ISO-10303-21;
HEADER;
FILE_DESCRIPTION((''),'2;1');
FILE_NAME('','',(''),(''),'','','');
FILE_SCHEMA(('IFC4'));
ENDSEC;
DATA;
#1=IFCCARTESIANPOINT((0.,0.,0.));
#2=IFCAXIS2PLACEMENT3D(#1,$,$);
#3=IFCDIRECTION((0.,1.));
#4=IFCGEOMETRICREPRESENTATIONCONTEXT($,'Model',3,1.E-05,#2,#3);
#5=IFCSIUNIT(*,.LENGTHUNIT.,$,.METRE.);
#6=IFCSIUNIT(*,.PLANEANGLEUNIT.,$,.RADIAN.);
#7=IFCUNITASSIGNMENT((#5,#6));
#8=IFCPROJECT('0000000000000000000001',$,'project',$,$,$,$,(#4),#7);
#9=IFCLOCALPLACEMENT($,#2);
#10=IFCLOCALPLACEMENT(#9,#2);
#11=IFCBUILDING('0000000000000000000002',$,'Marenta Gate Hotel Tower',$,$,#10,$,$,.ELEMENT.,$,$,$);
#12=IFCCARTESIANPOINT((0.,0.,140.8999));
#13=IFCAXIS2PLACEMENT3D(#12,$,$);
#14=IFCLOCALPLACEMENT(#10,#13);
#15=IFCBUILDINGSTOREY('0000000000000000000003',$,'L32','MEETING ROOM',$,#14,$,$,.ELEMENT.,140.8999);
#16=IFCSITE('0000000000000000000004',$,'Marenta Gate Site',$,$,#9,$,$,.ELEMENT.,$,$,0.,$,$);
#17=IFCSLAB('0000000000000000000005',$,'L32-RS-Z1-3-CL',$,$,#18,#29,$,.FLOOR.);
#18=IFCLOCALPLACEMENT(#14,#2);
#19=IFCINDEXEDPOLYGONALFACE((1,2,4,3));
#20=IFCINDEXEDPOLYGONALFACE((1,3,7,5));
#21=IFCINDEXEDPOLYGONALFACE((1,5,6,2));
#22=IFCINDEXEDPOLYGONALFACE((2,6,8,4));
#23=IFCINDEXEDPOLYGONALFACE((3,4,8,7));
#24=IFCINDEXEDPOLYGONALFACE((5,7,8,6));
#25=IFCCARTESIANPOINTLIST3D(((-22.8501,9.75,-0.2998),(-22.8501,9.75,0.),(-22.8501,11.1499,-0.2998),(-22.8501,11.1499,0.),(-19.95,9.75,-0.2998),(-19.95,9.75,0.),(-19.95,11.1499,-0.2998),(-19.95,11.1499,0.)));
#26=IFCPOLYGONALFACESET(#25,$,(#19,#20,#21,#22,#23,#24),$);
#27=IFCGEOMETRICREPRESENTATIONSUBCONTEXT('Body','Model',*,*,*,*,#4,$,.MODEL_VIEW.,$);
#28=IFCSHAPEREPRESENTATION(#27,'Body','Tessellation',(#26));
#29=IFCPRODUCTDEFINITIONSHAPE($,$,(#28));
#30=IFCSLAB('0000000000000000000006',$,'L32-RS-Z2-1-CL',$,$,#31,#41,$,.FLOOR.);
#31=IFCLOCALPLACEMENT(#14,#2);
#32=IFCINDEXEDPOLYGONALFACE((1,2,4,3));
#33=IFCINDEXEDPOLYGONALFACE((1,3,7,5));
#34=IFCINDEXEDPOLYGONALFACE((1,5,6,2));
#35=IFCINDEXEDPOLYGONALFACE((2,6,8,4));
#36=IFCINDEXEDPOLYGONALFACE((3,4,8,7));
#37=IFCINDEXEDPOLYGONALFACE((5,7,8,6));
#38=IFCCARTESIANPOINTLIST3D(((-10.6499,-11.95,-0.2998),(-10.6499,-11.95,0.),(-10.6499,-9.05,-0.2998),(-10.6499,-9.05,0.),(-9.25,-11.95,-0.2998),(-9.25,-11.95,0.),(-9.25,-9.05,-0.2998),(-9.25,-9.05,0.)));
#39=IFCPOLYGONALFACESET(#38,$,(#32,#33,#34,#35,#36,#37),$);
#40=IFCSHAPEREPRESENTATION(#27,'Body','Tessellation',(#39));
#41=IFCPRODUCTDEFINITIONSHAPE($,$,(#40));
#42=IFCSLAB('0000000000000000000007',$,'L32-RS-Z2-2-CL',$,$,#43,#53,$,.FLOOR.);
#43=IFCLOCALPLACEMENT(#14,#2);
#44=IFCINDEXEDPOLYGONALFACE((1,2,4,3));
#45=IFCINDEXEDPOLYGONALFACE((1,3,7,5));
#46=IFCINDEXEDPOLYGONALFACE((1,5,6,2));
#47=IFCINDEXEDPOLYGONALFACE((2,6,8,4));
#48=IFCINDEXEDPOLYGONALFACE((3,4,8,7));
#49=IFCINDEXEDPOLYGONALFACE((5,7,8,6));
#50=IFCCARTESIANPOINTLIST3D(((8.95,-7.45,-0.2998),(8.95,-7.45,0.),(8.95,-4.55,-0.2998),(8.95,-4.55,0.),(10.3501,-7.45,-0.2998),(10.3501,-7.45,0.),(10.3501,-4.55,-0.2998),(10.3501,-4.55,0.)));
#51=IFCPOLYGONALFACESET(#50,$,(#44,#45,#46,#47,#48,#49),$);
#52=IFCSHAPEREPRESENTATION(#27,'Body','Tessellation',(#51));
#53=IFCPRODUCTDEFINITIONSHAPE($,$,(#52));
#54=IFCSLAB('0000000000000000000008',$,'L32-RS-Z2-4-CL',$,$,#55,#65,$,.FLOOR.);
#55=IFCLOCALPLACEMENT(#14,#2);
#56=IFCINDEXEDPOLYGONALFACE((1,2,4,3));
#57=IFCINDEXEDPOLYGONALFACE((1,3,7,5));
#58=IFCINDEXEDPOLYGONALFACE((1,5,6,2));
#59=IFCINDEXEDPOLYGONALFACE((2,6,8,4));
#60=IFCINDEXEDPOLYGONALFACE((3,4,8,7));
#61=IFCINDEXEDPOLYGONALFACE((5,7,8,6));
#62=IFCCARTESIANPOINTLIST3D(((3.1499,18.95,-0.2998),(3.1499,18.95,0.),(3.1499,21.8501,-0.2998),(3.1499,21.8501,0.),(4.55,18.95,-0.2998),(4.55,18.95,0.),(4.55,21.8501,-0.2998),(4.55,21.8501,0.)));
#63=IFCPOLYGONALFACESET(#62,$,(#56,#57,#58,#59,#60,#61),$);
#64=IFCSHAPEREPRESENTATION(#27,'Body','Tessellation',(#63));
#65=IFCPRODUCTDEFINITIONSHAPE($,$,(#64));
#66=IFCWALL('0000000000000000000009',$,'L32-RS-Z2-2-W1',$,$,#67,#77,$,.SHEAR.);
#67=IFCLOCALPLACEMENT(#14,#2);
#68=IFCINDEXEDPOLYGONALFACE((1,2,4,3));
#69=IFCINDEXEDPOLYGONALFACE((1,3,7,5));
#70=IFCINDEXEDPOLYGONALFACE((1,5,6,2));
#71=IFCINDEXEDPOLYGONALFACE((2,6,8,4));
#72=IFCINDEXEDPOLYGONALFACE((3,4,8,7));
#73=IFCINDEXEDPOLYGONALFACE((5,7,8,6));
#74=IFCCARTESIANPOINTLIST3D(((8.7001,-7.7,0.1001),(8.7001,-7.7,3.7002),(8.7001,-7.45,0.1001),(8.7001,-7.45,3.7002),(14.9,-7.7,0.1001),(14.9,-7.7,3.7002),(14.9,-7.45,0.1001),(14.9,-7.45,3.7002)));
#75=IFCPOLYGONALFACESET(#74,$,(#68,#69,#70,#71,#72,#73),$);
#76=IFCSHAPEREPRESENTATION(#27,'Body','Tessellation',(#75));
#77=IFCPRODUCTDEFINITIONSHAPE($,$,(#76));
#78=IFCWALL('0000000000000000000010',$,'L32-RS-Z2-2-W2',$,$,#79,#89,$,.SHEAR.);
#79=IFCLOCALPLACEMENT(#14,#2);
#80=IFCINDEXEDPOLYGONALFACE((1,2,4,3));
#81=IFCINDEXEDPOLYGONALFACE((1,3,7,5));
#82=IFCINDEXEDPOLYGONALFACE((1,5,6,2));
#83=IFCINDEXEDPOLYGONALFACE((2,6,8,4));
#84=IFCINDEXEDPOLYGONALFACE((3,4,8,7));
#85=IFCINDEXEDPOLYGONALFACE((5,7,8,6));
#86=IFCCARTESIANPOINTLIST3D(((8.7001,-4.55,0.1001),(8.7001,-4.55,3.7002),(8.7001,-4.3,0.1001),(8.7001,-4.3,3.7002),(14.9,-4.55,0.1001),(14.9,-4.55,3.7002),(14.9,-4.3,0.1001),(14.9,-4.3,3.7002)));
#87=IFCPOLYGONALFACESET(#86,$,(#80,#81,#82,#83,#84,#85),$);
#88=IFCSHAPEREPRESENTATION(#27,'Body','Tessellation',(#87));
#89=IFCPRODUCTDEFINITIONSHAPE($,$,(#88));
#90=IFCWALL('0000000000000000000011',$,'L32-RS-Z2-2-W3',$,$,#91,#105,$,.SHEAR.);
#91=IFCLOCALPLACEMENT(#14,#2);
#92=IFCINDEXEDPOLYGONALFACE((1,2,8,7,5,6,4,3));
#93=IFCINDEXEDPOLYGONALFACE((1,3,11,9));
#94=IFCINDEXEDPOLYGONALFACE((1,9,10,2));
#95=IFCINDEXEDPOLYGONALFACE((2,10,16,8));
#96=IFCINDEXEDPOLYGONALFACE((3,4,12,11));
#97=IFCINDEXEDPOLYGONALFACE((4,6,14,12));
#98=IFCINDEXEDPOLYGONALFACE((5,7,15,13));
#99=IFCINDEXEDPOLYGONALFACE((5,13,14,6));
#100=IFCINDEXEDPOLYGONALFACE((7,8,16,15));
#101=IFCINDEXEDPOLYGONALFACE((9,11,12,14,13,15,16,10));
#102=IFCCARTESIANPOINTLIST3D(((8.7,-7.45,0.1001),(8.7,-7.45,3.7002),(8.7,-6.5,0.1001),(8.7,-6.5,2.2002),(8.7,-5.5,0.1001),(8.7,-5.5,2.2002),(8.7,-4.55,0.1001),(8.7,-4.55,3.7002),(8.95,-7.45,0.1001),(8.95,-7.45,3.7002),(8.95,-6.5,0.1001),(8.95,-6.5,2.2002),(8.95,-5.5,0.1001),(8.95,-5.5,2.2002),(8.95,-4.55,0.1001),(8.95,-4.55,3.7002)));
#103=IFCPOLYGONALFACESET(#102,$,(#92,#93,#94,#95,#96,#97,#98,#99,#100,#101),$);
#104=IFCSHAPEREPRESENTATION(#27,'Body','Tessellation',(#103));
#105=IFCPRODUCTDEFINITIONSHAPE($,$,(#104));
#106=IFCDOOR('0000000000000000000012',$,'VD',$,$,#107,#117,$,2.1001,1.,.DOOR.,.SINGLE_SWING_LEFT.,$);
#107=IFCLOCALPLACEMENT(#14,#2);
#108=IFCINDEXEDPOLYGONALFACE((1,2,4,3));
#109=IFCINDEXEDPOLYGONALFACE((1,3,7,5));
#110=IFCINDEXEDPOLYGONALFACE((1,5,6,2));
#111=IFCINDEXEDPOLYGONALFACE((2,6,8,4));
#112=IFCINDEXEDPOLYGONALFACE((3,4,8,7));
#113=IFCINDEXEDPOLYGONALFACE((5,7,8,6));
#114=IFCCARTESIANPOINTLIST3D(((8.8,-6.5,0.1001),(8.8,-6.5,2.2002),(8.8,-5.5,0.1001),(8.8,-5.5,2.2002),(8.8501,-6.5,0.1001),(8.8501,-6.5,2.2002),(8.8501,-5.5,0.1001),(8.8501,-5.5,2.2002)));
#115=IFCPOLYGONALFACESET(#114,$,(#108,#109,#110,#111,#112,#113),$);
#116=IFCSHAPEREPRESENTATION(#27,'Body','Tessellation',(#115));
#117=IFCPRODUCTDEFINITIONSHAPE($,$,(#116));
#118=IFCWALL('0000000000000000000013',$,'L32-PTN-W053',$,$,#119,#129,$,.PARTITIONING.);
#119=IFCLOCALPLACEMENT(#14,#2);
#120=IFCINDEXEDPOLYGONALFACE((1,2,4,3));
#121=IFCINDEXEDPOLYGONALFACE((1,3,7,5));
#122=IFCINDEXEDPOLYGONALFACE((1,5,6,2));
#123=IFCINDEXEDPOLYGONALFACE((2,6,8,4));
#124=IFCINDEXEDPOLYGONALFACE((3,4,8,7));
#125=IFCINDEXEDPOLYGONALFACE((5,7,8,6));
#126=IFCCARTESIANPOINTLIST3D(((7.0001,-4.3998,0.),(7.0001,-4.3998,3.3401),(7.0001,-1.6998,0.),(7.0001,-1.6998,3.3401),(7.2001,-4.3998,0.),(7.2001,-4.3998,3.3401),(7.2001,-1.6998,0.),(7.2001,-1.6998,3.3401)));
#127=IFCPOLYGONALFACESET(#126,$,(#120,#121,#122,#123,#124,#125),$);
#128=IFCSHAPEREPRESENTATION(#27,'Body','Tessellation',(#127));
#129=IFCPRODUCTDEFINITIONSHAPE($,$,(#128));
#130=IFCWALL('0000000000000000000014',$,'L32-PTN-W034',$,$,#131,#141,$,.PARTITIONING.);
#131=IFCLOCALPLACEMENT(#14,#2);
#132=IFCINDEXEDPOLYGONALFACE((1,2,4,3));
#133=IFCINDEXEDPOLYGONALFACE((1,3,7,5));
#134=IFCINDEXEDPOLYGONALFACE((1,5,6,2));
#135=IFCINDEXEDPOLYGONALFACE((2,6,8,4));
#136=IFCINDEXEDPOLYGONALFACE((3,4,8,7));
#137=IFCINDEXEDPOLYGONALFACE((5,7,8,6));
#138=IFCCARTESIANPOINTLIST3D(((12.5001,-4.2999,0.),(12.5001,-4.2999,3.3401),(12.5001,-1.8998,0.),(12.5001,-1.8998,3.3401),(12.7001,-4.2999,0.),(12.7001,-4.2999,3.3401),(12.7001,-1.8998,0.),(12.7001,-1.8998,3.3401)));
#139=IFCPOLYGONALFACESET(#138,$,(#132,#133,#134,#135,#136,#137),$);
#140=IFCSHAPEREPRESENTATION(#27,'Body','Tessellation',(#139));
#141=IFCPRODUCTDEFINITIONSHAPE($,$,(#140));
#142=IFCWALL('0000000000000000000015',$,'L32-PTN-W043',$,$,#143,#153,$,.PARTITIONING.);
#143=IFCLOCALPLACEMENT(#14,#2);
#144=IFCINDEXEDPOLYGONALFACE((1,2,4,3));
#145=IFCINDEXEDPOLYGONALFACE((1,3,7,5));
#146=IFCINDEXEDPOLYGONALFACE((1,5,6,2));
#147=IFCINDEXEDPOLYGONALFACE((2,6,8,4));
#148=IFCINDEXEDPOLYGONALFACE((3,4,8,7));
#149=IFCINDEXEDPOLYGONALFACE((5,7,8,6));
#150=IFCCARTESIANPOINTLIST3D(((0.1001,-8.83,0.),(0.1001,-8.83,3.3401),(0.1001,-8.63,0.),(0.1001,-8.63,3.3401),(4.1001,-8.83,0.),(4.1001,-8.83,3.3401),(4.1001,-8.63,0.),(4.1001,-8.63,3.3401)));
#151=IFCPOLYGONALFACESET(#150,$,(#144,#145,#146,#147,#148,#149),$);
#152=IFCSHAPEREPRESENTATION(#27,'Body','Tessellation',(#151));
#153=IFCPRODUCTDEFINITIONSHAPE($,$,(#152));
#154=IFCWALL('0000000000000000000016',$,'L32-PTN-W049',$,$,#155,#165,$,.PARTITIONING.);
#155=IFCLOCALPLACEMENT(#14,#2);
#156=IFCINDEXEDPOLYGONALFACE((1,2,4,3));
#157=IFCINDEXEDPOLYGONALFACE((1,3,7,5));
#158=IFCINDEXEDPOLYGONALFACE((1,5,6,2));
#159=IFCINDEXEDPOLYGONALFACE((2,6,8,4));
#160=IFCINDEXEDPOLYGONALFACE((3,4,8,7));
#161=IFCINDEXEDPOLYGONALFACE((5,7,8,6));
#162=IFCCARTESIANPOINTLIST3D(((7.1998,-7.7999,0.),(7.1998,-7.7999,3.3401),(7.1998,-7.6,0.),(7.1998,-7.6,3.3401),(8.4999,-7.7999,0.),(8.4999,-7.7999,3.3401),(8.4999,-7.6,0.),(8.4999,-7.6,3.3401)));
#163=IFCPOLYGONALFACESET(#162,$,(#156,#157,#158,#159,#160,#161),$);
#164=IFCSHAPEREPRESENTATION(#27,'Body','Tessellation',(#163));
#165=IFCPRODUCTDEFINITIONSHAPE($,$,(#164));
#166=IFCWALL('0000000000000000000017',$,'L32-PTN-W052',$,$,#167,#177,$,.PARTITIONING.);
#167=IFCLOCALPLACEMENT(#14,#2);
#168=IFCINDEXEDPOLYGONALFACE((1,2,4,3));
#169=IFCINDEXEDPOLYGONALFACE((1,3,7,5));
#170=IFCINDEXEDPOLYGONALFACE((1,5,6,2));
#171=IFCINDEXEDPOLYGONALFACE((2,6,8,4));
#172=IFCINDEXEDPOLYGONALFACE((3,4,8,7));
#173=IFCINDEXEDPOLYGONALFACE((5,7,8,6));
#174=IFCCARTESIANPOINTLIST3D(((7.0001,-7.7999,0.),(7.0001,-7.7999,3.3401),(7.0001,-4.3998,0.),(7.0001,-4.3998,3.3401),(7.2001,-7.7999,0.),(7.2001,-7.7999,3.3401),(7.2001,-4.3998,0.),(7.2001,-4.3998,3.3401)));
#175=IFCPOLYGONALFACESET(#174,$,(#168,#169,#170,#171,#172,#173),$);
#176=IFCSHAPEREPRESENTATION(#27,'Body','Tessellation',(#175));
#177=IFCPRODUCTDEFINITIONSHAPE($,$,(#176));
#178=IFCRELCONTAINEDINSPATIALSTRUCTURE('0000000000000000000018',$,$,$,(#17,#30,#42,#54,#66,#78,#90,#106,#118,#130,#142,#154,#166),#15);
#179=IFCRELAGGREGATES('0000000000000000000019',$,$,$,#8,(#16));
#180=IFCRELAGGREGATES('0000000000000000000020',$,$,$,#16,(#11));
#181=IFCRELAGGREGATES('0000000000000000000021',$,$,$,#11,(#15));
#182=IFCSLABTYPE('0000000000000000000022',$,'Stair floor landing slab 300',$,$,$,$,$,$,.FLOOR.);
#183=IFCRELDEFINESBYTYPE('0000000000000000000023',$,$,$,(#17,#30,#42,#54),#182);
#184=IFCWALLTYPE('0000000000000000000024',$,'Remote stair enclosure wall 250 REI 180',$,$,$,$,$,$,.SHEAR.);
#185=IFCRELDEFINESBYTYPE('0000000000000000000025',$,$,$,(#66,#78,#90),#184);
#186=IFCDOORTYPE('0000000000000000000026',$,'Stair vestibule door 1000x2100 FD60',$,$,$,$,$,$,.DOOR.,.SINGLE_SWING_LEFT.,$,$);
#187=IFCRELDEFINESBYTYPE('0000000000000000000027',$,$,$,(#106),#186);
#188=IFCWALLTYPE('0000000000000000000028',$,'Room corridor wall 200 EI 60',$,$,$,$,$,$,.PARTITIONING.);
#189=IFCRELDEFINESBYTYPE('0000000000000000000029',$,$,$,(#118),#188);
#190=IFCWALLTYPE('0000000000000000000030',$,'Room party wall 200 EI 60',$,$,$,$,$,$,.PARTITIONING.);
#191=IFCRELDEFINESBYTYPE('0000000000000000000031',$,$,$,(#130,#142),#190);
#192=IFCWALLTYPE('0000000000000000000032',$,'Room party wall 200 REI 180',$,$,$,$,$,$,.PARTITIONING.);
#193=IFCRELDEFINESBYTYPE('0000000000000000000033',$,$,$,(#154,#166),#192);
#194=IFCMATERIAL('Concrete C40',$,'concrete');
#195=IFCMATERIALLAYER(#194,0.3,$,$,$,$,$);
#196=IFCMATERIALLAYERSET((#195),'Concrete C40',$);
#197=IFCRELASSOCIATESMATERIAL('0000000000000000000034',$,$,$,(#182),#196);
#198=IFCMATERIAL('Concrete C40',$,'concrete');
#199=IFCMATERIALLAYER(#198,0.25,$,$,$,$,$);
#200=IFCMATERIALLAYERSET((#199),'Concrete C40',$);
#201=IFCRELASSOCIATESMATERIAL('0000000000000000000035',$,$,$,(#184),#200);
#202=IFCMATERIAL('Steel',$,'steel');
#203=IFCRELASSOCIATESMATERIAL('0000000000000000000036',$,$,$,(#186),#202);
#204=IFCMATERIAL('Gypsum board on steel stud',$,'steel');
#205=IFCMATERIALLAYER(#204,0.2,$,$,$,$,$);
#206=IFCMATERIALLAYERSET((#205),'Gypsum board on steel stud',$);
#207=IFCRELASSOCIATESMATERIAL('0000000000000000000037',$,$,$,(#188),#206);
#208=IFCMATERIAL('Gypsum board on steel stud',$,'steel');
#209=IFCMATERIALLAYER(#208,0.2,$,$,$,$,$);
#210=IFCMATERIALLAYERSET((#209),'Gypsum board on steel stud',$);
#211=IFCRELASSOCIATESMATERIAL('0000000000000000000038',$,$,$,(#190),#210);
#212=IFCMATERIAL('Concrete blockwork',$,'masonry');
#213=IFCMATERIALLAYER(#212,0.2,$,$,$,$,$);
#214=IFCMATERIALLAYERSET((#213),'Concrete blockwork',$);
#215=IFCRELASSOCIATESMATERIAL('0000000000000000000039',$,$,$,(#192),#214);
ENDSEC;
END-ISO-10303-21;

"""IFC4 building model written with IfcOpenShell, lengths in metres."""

from ifc_helpers import new_model, si_unit, direction, frame, frame_2d, origin, place, context, subcontext, project, spatial, polyline, rectangle, outline, extrude, material, layer, layer_set, type_object, element, fill, save


model = new_model("IFC4")

# Units and contexts
model_context = context("Model", 3, precision=1e-05, world=origin(), true_north=direction((0.0, 1.0)))
body_context = subcontext(model_context, "Body", "Model", "MODEL_VIEW")
ifc_project = project(units=[si_unit("LENGTHUNIT", "METRE"), si_unit("PLANEANGLEUNIT", "RADIAN")], contexts=[model_context])

# Site, building, storey
site_placement = place(None, origin())
site = spatial("IfcSite", under=ifc_project, at=site_placement, Name="Marenta Gate Site", CompositionType="ELEMENT", RefElevation=0.0)
building_placement = place(site_placement, origin())
building = spatial("IfcBuilding", under=site, at=building_placement, Name="Marenta Gate Hotel Tower", CompositionType="ELEMENT")
storey_placement = place(building_placement, frame((0.0, 0.0, 140.8999)))
storey = spatial("IfcBuildingStorey", under=building, at=storey_placement, Name="L32", Description="MEETING ROOM", CompositionType="ELEMENT", Elevation=140.8999)

# Slabs
ifc_material_1 = material(Name="Concrete C40", Category="concrete")
ifc_layer_1 = layer(ifc_material_1, 0.3)
ifc_layer_set_1 = layer_set([ifc_layer_1], Name="Concrete C40")
slab_type_1 = type_object("IfcSlabType", Name="Stair floor landing slab 300", PredefinedType="FLOOR", material=ifc_layer_set_1)
slab_1_placement = place(storey_placement, frame((0.0, 0.0, -0.2998)))
element("IfcSlab", 1, at=slab_1_placement, inside=storey, type_object=slab_type_1, Name="L32-RS-Z1-3-CL", PredefinedType="FLOOR", context=body_context, shape_type="SweptSolid", body=[
    extrude(outline(polyline([(-19.95, 9.75), (-19.95, 11.1499), (-22.8501, 11.1499), (-22.8501, 9.75), (-19.95, 9.75)])), origin(), (0.0, 0.0, 1.0), 0.2998),
])
slab_2_placement = place(storey_placement, frame((0.0, 0.0, -0.2998)))
element("IfcSlab", 2, at=slab_2_placement, inside=storey, type_object=slab_type_1, Name="L32-RS-Z2-1-CL", PredefinedType="FLOOR", context=body_context, shape_type="SweptSolid", body=[
    extrude(outline(polyline([(-9.25, -11.95), (-9.25, -9.05), (-10.6499, -9.05), (-10.6499, -11.95), (-9.25, -11.95)])), origin(), (0.0, 0.0, 1.0), 0.2998),
])
slab_3_placement = place(storey_placement, frame((0.0, 0.0, -0.2998)))
element("IfcSlab", 3, at=slab_3_placement, inside=storey, type_object=slab_type_1, Name="L32-RS-Z2-2-CL", PredefinedType="FLOOR", context=body_context, shape_type="SweptSolid", body=[
    extrude(outline(polyline([(10.3501, -7.45), (10.3501, -4.55), (8.95, -4.55), (8.95, -7.45), (10.3501, -7.45)])), origin(), (0.0, 0.0, 1.0), 0.2998),
])
slab_4_placement = place(storey_placement, frame((0.0, 0.0, -0.2998)))
element("IfcSlab", 4, at=slab_4_placement, inside=storey, type_object=slab_type_1, Name="L32-RS-Z2-4-CL", PredefinedType="FLOOR", context=body_context, shape_type="SweptSolid", body=[
    extrude(outline(polyline([(4.55, 18.95), (4.55, 21.8501), (3.1499, 21.8501), (3.1499, 18.95), (4.55, 18.95)])), origin(), (0.0, 0.0, 1.0), 0.2998),
])

# Walls
ifc_material_2 = material(Name="Concrete C40", Category="concrete")
ifc_layer_2 = layer(ifc_material_2, 0.25)
ifc_layer_set_2 = layer_set([ifc_layer_2], Name="Concrete C40")
wall_type_1 = type_object("IfcWallType", Name="Remote stair enclosure wall 250 REI 180", PredefinedType="SHEAR", material=ifc_layer_set_2)
for number, where, z_axis, x_axis, name in (
    (5, (8.7, -7.575, 0.1001), (0.0, 0.0, 1.0), (1.0, 0.0, 0.0), "L32-RS-Z2-2-W1"),
    (6, (8.7, -4.425, 0.1001), (0.0, 0.0, 1.0), (1.0, 0.0, 0.0), "L32-RS-Z2-2-W2"),
):
    element("IfcWall", number, at=place(storey_placement, frame(where, z_axis=z_axis, x_axis=x_axis)), inside=storey, type_object=wall_type_1, Name=name, PredefinedType="SHEAR", context=body_context, shape_type="SweptSolid", body=[
        extrude(rectangle(XDim=6.2, YDim=0.25, at=frame_2d((3.1001, 0.0))), origin(), (0.0, 0.0, 1.0), 3.6001),
    ])

# Wall, opening, door
wall_1_placement = place(storey_placement, frame((8.825, -7.45, 0.1001), z_axis=(0.0, 0.0, 1.0), x_axis=(0.0, 1.0, 0.0)))
wall_1 = element("IfcWall", 7, at=wall_1_placement, inside=storey, type_object=wall_type_1, Name="L32-RS-Z2-2-W3", PredefinedType="SHEAR", context=body_context, shape_type="SweptSolid", body=[
    extrude(rectangle(XDim=2.8999, YDim=0.25, at=frame_2d((1.45, 0.0))), origin(), (0.0, 0.0, 1.0), 3.6001),
])
opening_1_placement = place(wall_1_placement, frame((0.95, 0.0, 0.0)))
opening_1 = element("IfcOpeningElement", 8, at=opening_1_placement, cuts=wall_1, PredefinedType="OPENING", context=body_context, shape_type="SweptSolid", body=[
    extrude(rectangle(XDim=1.0, YDim=2.1001, at=frame_2d((0.5, 1.05))), frame((0.0, 0.125, 0.0), z_axis=(0.0, -1.0, 0.0), x_axis=(1.0, 0.0, 0.0)), (0.0, 0.0, 1.0), 0.25),
])
ifc_material_3 = material(Name="Steel", Category="steel")
door_type_1 = type_object("IfcDoorType", Name="Stair vestibule door 1000x2100 FD60", OperationType="SINGLE_SWING_LEFT", PredefinedType="DOOR", material=ifc_material_3)
door_1_placement = place(opening_1_placement, origin())
door_1 = element("IfcDoor", 9, at=door_1_placement, inside=storey, type_object=door_type_1, Name="VD", OperationType="SINGLE_SWING_LEFT", OverallHeight=2.1001, OverallWidth=1.0, PredefinedType="DOOR", context=body_context, shape_type="SweptSolid", body=[
    extrude(rectangle(XDim=1.0, YDim=2.1001, at=frame_2d((0.5, 1.05))), frame((0.0, 0.0249, 0.0), z_axis=(0.0, -1.0, 0.0), x_axis=(1.0, 0.0, 0.0)), (0.0, 0.0, 1.0), 0.05),
])
fill(opening_1, door_1)
ifc_material_4 = material(Name="Gypsum board on steel stud", Category="steel")
ifc_layer_3 = layer(ifc_material_4, 0.2)
ifc_layer_set_3 = layer_set([ifc_layer_3], Name="Gypsum board on steel stud")
wall_type_2 = type_object("IfcWallType", Name="Room corridor wall 200 EI 60", PredefinedType="PARTITIONING", material=ifc_layer_set_3)

# Wall
wall_2_placement = place(storey_placement, frame((7.1001, -4.3999, 0.0), z_axis=(0.0, 0.0, 1.0), x_axis=(0.0, 1.0, 0.0)))
element("IfcWall", 10, at=wall_2_placement, inside=storey, type_object=wall_type_2, Name="L32-PTN-W053", PredefinedType="PARTITIONING", context=body_context, shape_type="SweptSolid", body=[
    extrude(rectangle(XDim=2.7, YDim=0.2, at=frame_2d((1.3501, 0.0))), origin(), (0.0, 0.0, 1.0), 3.3401),
])

# Walls
ifc_material_5 = material(Name="Gypsum board on steel stud", Category="steel")
ifc_layer_4 = layer(ifc_material_5, 0.2)
ifc_layer_set_4 = layer_set([ifc_layer_4], Name="Gypsum board on steel stud")
wall_type_3 = type_object("IfcWallType", Name="Room party wall 200 EI 60", PredefinedType="PARTITIONING", material=ifc_layer_set_4)
wall_3_placement = place(storey_placement, frame((12.6001, -4.3, 0.0), z_axis=(0.0, 0.0, 1.0), x_axis=(0.0, 1.0, 0.0)))
element("IfcWall", 11, at=wall_3_placement, inside=storey, type_object=wall_type_3, Name="L32-PTN-W034", PredefinedType="PARTITIONING", context=body_context, shape_type="SweptSolid", body=[
    extrude(rectangle(XDim=2.4001, YDim=0.2, at=frame_2d((1.2002, 0.0))), origin(), (0.0, 0.0, 1.0), 3.3401),
])
wall_4_placement = place(storey_placement, frame((0.1001, -8.73, 0.0), z_axis=(0.0, 0.0, 1.0), x_axis=(1.0, 0.0, 0.0)))
element("IfcWall", 12, at=wall_4_placement, inside=storey, type_object=wall_type_3, Name="L32-PTN-W043", PredefinedType="PARTITIONING", context=body_context, shape_type="SweptSolid", body=[
    extrude(rectangle(XDim=4.0, YDim=0.2, at=frame_2d((2.0, 0.0))), origin(), (0.0, 0.0, 1.0), 3.3401),
])
ifc_material_6 = material(Name="Concrete blockwork", Category="masonry")
ifc_layer_5 = layer(ifc_material_6, 0.2)
ifc_layer_set_5 = layer_set([ifc_layer_5], Name="Concrete blockwork")
wall_type_4 = type_object("IfcWallType", Name="Room party wall 200 REI 180", PredefinedType="PARTITIONING", material=ifc_layer_set_5)
wall_5_placement = place(storey_placement, frame((7.2, -7.7, 0.0), z_axis=(0.0, 0.0, 1.0), x_axis=(1.0, 0.0, 0.0)))
element("IfcWall", 13, at=wall_5_placement, inside=storey, type_object=wall_type_4, Name="L32-PTN-W049", PredefinedType="PARTITIONING", context=body_context, shape_type="SweptSolid", body=[
    extrude(rectangle(XDim=1.3, YDim=0.2, at=frame_2d((0.6499, 0.0))), origin(), (0.0, 0.0, 1.0), 3.3401),
])
wall_6_placement = place(storey_placement, frame((7.1001, -7.8, 0.0), z_axis=(0.0, 0.0, 1.0), x_axis=(0.0, 1.0, 0.0)))
element("IfcWall", 14, at=wall_6_placement, inside=storey, type_object=wall_type_4, Name="L32-PTN-W052", PredefinedType="PARTITIONING", context=body_context, shape_type="SweptSolid", body=[
    extrude(rectangle(XDim=3.4001, YDim=0.2, at=frame_2d((1.7002, 0.0))), origin(), (0.0, 0.0, 1.0), 3.3401),
])

save(model, "model.ifc")
